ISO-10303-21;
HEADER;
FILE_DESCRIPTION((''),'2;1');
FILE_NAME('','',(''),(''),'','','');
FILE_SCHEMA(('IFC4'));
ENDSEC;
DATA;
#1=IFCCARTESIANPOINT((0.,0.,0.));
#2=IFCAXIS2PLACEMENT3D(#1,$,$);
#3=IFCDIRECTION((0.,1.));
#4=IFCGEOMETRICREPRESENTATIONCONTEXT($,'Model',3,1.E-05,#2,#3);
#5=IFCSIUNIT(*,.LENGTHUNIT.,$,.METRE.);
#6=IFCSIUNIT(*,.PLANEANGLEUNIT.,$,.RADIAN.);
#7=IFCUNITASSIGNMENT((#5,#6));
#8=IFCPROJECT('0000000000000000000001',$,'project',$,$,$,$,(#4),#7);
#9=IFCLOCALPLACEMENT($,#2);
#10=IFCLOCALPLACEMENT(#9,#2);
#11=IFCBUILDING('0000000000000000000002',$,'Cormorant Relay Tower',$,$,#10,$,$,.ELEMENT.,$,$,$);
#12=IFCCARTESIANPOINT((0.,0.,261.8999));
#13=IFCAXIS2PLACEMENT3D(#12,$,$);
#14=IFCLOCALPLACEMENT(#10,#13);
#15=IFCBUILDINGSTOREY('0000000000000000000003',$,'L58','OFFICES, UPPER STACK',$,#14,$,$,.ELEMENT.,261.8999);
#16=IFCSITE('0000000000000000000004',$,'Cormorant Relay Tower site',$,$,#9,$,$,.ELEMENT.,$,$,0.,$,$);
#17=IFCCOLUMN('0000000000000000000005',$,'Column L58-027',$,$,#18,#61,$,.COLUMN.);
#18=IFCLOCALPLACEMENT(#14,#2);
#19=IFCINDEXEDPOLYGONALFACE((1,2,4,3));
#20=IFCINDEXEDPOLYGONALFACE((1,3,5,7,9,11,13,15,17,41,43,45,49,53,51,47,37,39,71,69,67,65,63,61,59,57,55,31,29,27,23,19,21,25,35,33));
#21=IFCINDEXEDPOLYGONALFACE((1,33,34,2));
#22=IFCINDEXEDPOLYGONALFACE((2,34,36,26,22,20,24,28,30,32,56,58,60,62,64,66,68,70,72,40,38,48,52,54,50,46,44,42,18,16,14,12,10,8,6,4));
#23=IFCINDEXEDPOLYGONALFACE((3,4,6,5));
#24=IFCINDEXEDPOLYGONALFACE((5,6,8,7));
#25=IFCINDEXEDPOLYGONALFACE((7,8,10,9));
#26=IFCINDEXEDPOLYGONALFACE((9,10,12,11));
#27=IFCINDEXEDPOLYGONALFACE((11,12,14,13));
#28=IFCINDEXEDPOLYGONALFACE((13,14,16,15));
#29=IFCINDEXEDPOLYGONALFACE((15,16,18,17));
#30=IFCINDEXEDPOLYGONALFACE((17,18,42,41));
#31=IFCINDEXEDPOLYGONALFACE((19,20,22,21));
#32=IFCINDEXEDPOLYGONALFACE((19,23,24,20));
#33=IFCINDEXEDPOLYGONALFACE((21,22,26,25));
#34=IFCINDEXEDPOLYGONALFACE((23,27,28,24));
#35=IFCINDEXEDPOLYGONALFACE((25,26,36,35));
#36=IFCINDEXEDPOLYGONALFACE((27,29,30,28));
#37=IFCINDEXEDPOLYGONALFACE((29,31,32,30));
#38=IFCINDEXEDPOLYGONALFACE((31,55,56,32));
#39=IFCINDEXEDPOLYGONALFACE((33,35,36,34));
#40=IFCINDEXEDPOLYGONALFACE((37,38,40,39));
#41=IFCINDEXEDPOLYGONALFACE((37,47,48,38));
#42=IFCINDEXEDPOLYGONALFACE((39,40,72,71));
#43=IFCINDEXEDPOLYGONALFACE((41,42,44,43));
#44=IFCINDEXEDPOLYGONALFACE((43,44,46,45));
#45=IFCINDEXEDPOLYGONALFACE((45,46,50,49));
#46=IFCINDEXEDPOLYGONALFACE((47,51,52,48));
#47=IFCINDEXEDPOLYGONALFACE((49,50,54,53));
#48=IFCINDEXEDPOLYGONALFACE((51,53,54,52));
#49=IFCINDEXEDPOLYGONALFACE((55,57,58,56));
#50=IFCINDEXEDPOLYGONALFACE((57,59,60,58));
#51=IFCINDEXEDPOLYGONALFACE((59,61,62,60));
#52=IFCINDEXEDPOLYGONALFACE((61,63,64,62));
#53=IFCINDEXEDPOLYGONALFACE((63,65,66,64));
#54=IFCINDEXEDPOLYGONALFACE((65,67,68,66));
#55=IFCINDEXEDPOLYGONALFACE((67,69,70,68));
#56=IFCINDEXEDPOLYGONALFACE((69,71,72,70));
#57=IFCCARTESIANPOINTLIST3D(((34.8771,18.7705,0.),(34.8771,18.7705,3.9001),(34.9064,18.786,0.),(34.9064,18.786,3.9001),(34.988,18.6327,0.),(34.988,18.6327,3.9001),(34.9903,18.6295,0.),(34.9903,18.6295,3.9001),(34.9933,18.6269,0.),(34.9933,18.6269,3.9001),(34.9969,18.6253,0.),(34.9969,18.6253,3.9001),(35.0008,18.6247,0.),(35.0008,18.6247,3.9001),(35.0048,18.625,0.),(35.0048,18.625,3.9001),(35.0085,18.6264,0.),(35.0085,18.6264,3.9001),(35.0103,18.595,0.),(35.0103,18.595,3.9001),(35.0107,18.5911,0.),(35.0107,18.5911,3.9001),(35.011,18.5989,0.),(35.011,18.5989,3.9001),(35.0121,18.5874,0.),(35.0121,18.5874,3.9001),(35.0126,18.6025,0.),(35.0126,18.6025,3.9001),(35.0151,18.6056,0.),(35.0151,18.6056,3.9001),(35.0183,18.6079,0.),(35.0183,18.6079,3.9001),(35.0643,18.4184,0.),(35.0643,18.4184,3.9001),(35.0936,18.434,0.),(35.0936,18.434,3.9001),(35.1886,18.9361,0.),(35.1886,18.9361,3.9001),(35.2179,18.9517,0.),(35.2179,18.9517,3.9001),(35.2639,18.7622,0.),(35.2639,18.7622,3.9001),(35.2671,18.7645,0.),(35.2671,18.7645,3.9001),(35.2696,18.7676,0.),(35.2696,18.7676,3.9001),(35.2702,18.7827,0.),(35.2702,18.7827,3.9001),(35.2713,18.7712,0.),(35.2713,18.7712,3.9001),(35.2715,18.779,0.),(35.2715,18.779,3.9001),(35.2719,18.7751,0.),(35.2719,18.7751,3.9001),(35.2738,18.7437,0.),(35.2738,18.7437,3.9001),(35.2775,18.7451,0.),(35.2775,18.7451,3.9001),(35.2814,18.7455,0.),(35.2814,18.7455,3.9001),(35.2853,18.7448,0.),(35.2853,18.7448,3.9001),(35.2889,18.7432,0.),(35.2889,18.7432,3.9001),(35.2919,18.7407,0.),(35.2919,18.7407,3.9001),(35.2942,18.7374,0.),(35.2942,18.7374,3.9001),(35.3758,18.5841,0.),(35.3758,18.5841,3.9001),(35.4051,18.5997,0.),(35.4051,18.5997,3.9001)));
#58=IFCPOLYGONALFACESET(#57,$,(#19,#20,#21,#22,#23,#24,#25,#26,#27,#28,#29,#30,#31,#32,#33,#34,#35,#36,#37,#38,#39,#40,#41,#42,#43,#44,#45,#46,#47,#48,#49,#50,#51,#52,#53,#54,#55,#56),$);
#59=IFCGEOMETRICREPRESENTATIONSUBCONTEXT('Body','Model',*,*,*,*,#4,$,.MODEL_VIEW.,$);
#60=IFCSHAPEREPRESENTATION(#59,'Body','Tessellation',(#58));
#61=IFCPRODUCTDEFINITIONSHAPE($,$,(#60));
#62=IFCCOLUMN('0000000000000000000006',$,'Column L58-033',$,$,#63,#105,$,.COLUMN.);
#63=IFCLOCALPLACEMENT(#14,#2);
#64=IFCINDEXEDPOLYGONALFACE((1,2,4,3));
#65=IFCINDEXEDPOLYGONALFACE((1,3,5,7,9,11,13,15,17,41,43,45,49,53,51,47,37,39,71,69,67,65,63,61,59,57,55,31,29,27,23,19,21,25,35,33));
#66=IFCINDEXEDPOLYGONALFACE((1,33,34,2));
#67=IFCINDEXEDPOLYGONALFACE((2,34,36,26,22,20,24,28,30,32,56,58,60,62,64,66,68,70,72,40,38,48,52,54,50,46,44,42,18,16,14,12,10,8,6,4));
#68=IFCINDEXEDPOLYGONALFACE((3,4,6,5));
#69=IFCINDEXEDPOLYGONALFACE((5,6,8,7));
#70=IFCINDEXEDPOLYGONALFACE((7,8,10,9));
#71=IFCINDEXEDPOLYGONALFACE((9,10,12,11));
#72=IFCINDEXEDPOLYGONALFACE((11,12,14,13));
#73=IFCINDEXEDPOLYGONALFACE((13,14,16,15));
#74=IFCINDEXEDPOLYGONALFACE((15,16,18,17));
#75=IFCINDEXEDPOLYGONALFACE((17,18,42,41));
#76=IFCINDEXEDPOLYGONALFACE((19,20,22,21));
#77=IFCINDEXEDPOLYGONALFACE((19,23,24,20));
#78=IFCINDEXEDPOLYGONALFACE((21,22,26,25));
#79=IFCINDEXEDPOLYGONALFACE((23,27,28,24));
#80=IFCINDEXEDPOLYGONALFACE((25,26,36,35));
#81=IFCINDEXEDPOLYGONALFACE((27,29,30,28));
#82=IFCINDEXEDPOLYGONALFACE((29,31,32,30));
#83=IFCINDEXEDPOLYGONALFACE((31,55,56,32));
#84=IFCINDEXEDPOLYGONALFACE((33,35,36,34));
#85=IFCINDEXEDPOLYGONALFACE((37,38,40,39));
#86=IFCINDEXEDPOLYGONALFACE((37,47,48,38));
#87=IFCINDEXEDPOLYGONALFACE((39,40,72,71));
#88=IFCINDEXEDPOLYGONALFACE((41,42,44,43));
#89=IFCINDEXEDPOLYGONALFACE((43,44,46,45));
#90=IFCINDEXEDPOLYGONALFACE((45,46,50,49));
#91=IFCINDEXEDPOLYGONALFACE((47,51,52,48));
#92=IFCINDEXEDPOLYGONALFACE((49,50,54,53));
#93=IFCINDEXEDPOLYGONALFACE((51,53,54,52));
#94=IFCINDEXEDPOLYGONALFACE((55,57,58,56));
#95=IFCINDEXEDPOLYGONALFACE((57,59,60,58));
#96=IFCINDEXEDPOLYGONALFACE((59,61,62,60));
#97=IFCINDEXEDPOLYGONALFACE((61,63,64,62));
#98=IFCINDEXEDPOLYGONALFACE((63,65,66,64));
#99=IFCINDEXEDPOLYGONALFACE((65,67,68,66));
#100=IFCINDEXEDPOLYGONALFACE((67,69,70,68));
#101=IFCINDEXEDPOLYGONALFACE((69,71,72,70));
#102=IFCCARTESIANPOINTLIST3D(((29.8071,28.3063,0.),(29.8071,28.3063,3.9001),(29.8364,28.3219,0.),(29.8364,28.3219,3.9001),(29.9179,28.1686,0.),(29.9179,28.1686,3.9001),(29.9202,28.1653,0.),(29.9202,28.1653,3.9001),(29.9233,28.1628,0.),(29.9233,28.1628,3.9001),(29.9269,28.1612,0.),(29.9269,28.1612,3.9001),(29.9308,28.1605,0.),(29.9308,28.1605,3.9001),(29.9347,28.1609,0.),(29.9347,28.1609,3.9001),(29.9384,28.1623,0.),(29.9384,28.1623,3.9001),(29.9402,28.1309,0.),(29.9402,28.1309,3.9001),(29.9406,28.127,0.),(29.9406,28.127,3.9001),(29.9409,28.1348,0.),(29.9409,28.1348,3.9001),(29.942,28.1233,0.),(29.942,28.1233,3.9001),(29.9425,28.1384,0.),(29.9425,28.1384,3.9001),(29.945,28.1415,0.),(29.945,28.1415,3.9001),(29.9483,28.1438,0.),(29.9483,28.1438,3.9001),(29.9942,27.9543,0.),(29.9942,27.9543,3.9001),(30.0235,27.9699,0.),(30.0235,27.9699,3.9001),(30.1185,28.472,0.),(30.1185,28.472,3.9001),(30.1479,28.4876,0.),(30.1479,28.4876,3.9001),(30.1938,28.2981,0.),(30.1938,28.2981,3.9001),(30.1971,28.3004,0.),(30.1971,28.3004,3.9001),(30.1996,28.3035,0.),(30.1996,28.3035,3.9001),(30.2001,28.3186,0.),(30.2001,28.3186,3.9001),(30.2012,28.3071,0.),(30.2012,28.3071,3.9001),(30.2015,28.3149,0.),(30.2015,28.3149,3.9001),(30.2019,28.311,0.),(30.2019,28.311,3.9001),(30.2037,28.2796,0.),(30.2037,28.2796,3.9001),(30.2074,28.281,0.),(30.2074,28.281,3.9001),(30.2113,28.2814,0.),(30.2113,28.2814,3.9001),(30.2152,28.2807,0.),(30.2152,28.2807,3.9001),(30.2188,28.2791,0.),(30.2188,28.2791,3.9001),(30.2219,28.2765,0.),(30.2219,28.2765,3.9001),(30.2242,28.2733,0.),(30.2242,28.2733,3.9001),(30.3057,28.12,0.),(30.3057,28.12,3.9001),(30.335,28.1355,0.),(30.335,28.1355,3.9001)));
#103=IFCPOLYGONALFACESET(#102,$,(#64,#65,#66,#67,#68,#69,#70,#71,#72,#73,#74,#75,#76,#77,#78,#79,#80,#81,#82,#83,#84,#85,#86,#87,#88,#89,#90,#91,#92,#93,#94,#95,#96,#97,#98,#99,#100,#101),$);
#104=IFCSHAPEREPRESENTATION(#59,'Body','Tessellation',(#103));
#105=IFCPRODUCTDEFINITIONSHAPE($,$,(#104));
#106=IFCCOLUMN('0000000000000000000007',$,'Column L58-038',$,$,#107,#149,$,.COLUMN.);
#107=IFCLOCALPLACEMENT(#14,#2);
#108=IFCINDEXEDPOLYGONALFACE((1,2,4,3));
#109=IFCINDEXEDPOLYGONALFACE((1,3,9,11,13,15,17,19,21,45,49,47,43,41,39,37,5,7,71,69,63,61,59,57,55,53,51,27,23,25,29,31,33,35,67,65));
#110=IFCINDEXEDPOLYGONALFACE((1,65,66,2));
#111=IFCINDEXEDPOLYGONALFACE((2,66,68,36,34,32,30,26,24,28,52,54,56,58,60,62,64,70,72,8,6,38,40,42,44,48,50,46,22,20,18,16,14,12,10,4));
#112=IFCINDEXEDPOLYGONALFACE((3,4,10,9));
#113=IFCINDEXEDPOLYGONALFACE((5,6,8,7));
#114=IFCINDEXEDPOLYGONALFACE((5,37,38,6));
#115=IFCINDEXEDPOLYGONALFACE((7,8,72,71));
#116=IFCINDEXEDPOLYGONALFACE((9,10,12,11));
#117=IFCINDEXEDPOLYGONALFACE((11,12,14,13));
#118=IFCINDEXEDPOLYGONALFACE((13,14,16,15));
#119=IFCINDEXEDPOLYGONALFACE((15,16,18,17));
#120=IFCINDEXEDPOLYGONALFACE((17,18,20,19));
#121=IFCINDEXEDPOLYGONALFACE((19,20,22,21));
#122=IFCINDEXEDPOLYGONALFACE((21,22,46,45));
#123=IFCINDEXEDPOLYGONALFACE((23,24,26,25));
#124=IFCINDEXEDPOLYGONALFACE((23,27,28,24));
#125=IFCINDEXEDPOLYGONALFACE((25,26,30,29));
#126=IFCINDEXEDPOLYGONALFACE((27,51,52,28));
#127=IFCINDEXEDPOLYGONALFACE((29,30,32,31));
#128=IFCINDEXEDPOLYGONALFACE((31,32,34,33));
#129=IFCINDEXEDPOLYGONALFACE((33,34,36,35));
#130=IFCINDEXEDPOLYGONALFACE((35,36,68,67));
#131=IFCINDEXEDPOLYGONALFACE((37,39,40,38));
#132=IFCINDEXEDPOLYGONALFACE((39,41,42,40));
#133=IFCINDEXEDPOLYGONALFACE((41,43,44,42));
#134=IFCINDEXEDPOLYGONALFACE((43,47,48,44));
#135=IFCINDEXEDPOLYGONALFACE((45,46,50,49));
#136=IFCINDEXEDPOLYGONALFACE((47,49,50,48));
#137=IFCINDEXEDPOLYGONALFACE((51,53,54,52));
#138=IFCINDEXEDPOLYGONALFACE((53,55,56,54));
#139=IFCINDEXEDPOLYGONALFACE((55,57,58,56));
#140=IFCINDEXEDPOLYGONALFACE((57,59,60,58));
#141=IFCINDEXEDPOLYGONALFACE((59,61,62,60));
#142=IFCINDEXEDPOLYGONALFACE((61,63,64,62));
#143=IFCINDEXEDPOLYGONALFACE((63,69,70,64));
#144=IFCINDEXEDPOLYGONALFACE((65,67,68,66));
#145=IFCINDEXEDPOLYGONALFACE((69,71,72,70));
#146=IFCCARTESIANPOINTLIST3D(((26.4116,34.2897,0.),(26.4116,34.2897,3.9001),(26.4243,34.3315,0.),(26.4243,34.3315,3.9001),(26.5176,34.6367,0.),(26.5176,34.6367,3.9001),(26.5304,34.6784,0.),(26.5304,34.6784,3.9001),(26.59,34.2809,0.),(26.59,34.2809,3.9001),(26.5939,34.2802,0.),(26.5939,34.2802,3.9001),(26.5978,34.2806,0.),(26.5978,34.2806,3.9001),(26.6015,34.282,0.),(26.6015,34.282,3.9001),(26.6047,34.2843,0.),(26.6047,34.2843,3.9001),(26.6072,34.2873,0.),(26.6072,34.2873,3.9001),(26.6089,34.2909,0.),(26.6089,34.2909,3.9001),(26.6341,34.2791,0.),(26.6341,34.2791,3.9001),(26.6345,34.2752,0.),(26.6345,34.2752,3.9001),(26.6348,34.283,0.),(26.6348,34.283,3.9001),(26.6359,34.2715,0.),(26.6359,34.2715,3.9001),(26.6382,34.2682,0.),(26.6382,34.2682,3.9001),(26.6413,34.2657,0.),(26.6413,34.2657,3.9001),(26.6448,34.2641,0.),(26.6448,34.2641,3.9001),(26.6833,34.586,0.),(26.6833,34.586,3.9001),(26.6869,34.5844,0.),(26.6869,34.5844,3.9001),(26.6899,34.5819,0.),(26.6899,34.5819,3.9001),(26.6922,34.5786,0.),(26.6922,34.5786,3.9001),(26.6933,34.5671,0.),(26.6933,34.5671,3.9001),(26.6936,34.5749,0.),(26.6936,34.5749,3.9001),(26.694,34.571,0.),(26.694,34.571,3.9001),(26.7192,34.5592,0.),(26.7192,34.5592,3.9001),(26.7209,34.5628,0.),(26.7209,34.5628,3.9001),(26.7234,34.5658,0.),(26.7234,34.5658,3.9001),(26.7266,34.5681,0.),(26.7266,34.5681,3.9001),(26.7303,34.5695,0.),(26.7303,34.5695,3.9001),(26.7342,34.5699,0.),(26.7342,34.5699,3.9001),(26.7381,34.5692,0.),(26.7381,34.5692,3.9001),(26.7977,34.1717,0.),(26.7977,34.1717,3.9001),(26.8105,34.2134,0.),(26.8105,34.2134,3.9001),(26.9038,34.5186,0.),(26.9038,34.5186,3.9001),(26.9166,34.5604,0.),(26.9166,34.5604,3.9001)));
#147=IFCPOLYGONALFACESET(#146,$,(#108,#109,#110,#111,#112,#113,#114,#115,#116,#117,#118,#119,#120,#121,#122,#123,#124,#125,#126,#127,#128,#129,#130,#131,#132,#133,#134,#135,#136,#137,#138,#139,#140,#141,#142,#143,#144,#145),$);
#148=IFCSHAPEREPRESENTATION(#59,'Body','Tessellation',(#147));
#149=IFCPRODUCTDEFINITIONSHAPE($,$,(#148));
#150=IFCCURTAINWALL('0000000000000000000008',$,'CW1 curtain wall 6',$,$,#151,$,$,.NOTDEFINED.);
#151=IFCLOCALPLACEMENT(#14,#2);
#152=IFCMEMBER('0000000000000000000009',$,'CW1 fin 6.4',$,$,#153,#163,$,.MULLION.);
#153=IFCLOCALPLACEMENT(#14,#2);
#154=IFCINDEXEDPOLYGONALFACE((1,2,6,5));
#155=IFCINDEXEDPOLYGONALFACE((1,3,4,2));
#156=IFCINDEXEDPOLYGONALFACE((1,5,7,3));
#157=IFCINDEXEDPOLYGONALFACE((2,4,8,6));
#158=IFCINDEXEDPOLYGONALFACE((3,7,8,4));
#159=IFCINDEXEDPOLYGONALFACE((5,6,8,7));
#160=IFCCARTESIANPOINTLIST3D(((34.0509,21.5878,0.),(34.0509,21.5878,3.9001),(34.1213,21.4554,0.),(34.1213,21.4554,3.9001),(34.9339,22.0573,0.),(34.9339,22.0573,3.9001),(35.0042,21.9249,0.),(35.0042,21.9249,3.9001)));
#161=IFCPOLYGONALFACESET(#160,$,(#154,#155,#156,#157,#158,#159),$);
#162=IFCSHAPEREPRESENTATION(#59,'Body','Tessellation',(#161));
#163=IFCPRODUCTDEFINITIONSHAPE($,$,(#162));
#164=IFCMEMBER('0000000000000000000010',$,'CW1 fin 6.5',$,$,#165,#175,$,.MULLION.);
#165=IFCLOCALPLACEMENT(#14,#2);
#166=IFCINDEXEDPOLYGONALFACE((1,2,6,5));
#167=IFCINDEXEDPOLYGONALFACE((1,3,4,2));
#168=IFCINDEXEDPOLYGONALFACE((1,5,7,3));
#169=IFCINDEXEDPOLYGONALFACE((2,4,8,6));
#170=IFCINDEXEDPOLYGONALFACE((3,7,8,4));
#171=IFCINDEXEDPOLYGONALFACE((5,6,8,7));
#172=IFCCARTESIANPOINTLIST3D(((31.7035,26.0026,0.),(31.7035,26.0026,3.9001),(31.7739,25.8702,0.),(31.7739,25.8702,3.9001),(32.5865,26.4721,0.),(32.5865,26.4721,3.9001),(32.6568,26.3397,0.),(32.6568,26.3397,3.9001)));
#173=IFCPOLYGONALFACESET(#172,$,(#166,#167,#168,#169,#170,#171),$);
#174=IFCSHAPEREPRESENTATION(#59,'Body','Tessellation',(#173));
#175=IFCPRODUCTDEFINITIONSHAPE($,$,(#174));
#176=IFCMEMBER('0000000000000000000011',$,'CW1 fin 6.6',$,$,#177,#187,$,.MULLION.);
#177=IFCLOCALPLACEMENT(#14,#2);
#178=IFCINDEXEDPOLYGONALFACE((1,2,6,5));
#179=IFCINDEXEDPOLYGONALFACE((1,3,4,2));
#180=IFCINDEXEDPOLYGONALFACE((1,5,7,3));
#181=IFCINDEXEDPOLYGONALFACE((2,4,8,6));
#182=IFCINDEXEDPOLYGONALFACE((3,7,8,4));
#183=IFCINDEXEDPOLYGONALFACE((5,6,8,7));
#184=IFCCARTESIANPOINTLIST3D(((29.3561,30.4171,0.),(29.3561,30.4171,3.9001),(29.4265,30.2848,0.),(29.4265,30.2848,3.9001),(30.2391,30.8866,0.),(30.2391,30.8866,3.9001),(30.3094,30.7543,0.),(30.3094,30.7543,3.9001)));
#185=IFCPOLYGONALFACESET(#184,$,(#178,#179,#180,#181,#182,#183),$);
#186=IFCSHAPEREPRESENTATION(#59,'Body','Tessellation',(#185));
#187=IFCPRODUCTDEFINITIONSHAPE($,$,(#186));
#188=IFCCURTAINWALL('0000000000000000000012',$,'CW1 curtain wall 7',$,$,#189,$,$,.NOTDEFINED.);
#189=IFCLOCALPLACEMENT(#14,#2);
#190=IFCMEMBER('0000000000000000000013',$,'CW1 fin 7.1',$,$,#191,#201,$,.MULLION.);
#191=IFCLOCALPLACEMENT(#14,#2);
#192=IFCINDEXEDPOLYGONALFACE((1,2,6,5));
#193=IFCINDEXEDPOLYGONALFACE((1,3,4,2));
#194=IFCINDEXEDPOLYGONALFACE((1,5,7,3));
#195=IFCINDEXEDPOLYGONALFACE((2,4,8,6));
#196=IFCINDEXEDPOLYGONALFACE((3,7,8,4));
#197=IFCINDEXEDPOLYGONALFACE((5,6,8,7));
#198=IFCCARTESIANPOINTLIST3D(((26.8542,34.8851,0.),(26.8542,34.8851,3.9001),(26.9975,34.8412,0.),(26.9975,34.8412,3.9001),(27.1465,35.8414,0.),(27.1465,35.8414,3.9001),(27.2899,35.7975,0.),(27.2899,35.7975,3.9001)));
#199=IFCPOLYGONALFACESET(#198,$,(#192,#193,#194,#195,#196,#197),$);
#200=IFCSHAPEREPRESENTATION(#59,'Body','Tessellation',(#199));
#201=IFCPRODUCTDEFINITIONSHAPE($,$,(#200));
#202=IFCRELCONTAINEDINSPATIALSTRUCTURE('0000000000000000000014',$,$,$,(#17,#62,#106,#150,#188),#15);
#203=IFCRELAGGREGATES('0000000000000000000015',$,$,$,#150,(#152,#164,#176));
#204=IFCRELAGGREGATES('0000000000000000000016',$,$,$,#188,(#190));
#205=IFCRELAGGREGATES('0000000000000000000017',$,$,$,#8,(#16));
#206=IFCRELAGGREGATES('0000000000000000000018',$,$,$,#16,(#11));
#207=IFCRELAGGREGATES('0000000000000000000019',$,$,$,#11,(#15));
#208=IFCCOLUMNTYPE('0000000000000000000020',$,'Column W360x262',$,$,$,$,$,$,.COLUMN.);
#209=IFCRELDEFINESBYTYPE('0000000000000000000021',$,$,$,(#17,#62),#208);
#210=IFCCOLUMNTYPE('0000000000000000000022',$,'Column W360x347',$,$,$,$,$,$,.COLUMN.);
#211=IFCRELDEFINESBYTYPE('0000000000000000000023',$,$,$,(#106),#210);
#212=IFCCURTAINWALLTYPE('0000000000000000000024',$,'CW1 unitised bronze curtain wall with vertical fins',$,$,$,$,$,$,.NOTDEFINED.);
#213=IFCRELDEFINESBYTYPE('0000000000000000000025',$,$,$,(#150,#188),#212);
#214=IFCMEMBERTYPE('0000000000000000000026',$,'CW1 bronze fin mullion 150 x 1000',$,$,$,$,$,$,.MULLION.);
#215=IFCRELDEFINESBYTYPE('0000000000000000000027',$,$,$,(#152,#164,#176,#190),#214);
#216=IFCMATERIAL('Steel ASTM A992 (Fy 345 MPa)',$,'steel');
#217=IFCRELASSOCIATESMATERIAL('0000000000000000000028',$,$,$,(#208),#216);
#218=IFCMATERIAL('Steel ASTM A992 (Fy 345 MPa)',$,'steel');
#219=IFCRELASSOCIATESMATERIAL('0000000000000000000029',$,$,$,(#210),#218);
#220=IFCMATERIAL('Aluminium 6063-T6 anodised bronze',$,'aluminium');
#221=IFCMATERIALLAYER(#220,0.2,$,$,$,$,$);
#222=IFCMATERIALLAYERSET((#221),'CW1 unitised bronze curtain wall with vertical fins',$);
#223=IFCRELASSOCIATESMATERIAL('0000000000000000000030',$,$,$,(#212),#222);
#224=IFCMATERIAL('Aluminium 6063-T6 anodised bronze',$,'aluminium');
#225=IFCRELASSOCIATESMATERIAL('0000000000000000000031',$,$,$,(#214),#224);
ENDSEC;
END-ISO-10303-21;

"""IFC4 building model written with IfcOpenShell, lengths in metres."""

from ifc_helpers import new_model, si_unit, direction, frame, origin, origin_2d, place, context, subcontext, project, spatial, rectangle, i_section, extrude, material, layer, layer_set, material_profile, profile_set, type_object, element, aggregate, save


model = new_model("IFC4")

# Units and contexts
model_context = context("Model", 3, precision=1e-05, world=origin(), true_north=direction((0.0, 1.0)))
body_context = subcontext(model_context, "Body", "Model", "MODEL_VIEW")
ifc_project = project(units=[si_unit("LENGTHUNIT", "METRE"), si_unit("PLANEANGLEUNIT", "RADIAN")], contexts=[model_context])

# Site, building, storey
site_placement = place(None, origin())
site = spatial("IfcSite", under=ifc_project, at=site_placement, Name="Cormorant Relay Tower site", CompositionType="ELEMENT", RefElevation=0.0)
building_placement = place(site_placement, origin())
building = spatial("IfcBuilding", under=site, at=building_placement, Name="Cormorant Relay Tower", CompositionType="ELEMENT")
storey_placement = place(building_placement, frame((0.0, 0.0, 261.8999)))
storey = spatial("IfcBuildingStorey", under=building, at=storey_placement, Name="L58", Description="OFFICES, UPPER STACK", CompositionType="ELEMENT", Elevation=261.8999)

# Columns
ifc_material_1 = material(Name="Steel ASTM A992 (Fy 345 MPa)", Category="steel")
ifc_material_profile_1 = material_profile(ifc_material_1, i_section(OverallWidth=0.3987, OverallDepth=0.386, WebThickness=0.021, FlangeThickness=0.0332, FilletRadius=0.0151, at=origin_2d()), Name="W360x262")
ifc_profile_set_1 = profile_set([ifc_material_profile_1], Name="Steel ASTM A992 (Fy 345 MPa)")
column_type_1 = type_object("IfcColumnType", Name="Column W360x262", PredefinedType="COLUMN", material=ifc_profile_set_1)
for number, where, z_axis, x_axis, name in (
    (1, (35.1411, 18.6851, 0.0), (0.0, 0.0, 1.0), (-0.469472, 0.882948, 0.0), "Column L58-027"),
    (2, (30.071, 28.2209, 0.0), (0.0, 0.0, 1.0), (-0.469472, 0.882948, 0.0), "Column L58-033"),
):
    element("IfcColumn", number, at=place(storey_placement, frame(where, z_axis=z_axis, x_axis=x_axis)), inside=storey, type_object=column_type_1, Name=name, PredefinedType="COLUMN", context=body_context, shape_type="SweptSolid", body=[
        extrude(i_section(OverallWidth=0.3987, OverallDepth=0.386, WebThickness=0.021, FlangeThickness=0.0332, FilletRadius=0.0151, at=origin_2d()), origin(), (0.0, 0.0, 1.0), 3.9001),
    ])
ifc_material_2 = material(Name="Steel ASTM A992 (Fy 345 MPa)", Category="steel")
ifc_material_profile_2 = material_profile(ifc_material_2, i_section(OverallWidth=0.4038, OverallDepth=0.4065, WebThickness=0.0271, FlangeThickness=0.0437, FilletRadius=0.0151, at=origin_2d()), Name="W360x347")
ifc_profile_set_2 = profile_set([ifc_material_profile_2], Name="Steel ASTM A992 (Fy 345 MPa)")
column_type_2 = type_object("IfcColumnType", Name="Column W360x347", PredefinedType="COLUMN", material=ifc_profile_set_2)
column_placement = place(storey_placement, frame((26.6641, 34.425, 0.0), z_axis=(0.0, 0.0, 1.0), x_axis=(-0.956305, 0.292372, 0.0)))
element("IfcColumn", 3, at=column_placement, inside=storey, type_object=column_type_2, Name="Column L58-038", PredefinedType="COLUMN", context=body_context, shape_type="SweptSolid", body=[
    extrude(i_section(OverallWidth=0.4038, OverallDepth=0.4065, WebThickness=0.0271, FlangeThickness=0.0437, FilletRadius=0.0151, at=origin_2d()), origin(), (0.0, 0.0, 1.0), 3.9001),
])

# Curtain walls, members
ifc_material_3 = material(Name="Aluminium 6063-T6 anodised bronze", Category="aluminium")
ifc_layer_1 = layer(ifc_material_3, 0.2)
ifc_layer_set_1 = layer_set([ifc_layer_1], Name="CW1 unitised bronze curtain wall with vertical fins")
curtain_wall_type = type_object("IfcCurtainWallType", Name="CW1 unitised bronze curtain wall with vertical fins", PredefinedType="NOTDEFINED", material=ifc_layer_set_1)
curtain_wall_1_placement = place(storey_placement, origin())
curtain_wall_1 = element("IfcCurtainWall", 4, at=curtain_wall_1_placement, inside=storey, type_object=curtain_wall_type, Name="CW1 curtain wall 6", PredefinedType="NOTDEFINED")
ifc_material_4 = material(Name="Aluminium 6063-T6 anodised bronze", Category="aluminium")
ifc_material_profile_3 = material_profile(ifc_material_4, rectangle(XDim=0.1499, YDim=1.0, at=origin_2d()), Name="AL 150x1000")
ifc_profile_set_3 = profile_set([ifc_material_profile_3], Name="Aluminium 6063-T6 anodised bronze")
member_type_1 = type_object("IfcMemberType", Name="CW1 bronze fin mullion 150 x 1000", PredefinedType="MULLION", material=ifc_profile_set_3)
member_1_placement = place(storey_placement, frame((34.5276, 21.7563, 0.0), z_axis=(0.0, 0.0, 1.0), x_axis=(-0.469472, 0.882948, 0.0)))
member_1 = element("IfcMember", 5, at=member_1_placement, type_object=member_type_1, Name="CW1 fin 6.4", PredefinedType="MULLION", context=body_context, shape_type="SweptSolid", body=[
    extrude(rectangle(XDim=0.1499, YDim=1.0, at=origin_2d()), origin(), (0.0, 0.0, 1.0), 3.9001),
])
member_2_placement = place(storey_placement, frame((32.1802, 26.1711, 0.0), z_axis=(0.0, 0.0, 1.0), x_axis=(-0.469472, 0.882948, 0.0)))
member_2 = element("IfcMember", 6, at=member_2_placement, type_object=member_type_1, Name="CW1 fin 6.5", PredefinedType="MULLION", context=body_context, shape_type="SweptSolid", body=[
    extrude(rectangle(XDim=0.1499, YDim=1.0, at=origin_2d()), origin(), (0.0, 0.0, 1.0), 3.9001),
])
member_3_placement = place(storey_placement, frame((29.8328, 30.5857, 0.0), z_axis=(0.0, 0.0, 1.0), x_axis=(-0.469472, 0.882948, 0.0)))
member_3 = element("IfcMember", 7, at=member_3_placement, type_object=member_type_1, Name="CW1 fin 6.6", PredefinedType="MULLION", context=body_context, shape_type="SweptSolid", body=[
    extrude(rectangle(XDim=0.1499, YDim=1.0, at=origin_2d()), origin(), (0.0, 0.0, 1.0), 3.9001),
])
curtain_wall_2_placement = place(storey_placement, origin())
curtain_wall_2 = element("IfcCurtainWall", 8, at=curtain_wall_2_placement, inside=storey, type_object=curtain_wall_type, Name="CW1 curtain wall 7", PredefinedType="NOTDEFINED")
member_4_placement = place(storey_placement, frame((27.072, 35.3413, 0.0), z_axis=(0.0, 0.0, 1.0), x_axis=(-0.956305, 0.292372, 0.0)))
member_4 = element("IfcMember", 9, at=member_4_placement, type_object=member_type_1, Name="CW1 fin 7.1", PredefinedType="MULLION", context=body_context, shape_type="SweptSolid", body=[
    extrude(rectangle(XDim=0.1499, YDim=1.0, at=origin_2d()), origin(), (0.0, 0.0, 1.0), 3.9001),
])

aggregate(curtain_wall_1, [member_1, member_2, member_3])
aggregate(curtain_wall_2, [member_4])

save(model, "model.ifc")
